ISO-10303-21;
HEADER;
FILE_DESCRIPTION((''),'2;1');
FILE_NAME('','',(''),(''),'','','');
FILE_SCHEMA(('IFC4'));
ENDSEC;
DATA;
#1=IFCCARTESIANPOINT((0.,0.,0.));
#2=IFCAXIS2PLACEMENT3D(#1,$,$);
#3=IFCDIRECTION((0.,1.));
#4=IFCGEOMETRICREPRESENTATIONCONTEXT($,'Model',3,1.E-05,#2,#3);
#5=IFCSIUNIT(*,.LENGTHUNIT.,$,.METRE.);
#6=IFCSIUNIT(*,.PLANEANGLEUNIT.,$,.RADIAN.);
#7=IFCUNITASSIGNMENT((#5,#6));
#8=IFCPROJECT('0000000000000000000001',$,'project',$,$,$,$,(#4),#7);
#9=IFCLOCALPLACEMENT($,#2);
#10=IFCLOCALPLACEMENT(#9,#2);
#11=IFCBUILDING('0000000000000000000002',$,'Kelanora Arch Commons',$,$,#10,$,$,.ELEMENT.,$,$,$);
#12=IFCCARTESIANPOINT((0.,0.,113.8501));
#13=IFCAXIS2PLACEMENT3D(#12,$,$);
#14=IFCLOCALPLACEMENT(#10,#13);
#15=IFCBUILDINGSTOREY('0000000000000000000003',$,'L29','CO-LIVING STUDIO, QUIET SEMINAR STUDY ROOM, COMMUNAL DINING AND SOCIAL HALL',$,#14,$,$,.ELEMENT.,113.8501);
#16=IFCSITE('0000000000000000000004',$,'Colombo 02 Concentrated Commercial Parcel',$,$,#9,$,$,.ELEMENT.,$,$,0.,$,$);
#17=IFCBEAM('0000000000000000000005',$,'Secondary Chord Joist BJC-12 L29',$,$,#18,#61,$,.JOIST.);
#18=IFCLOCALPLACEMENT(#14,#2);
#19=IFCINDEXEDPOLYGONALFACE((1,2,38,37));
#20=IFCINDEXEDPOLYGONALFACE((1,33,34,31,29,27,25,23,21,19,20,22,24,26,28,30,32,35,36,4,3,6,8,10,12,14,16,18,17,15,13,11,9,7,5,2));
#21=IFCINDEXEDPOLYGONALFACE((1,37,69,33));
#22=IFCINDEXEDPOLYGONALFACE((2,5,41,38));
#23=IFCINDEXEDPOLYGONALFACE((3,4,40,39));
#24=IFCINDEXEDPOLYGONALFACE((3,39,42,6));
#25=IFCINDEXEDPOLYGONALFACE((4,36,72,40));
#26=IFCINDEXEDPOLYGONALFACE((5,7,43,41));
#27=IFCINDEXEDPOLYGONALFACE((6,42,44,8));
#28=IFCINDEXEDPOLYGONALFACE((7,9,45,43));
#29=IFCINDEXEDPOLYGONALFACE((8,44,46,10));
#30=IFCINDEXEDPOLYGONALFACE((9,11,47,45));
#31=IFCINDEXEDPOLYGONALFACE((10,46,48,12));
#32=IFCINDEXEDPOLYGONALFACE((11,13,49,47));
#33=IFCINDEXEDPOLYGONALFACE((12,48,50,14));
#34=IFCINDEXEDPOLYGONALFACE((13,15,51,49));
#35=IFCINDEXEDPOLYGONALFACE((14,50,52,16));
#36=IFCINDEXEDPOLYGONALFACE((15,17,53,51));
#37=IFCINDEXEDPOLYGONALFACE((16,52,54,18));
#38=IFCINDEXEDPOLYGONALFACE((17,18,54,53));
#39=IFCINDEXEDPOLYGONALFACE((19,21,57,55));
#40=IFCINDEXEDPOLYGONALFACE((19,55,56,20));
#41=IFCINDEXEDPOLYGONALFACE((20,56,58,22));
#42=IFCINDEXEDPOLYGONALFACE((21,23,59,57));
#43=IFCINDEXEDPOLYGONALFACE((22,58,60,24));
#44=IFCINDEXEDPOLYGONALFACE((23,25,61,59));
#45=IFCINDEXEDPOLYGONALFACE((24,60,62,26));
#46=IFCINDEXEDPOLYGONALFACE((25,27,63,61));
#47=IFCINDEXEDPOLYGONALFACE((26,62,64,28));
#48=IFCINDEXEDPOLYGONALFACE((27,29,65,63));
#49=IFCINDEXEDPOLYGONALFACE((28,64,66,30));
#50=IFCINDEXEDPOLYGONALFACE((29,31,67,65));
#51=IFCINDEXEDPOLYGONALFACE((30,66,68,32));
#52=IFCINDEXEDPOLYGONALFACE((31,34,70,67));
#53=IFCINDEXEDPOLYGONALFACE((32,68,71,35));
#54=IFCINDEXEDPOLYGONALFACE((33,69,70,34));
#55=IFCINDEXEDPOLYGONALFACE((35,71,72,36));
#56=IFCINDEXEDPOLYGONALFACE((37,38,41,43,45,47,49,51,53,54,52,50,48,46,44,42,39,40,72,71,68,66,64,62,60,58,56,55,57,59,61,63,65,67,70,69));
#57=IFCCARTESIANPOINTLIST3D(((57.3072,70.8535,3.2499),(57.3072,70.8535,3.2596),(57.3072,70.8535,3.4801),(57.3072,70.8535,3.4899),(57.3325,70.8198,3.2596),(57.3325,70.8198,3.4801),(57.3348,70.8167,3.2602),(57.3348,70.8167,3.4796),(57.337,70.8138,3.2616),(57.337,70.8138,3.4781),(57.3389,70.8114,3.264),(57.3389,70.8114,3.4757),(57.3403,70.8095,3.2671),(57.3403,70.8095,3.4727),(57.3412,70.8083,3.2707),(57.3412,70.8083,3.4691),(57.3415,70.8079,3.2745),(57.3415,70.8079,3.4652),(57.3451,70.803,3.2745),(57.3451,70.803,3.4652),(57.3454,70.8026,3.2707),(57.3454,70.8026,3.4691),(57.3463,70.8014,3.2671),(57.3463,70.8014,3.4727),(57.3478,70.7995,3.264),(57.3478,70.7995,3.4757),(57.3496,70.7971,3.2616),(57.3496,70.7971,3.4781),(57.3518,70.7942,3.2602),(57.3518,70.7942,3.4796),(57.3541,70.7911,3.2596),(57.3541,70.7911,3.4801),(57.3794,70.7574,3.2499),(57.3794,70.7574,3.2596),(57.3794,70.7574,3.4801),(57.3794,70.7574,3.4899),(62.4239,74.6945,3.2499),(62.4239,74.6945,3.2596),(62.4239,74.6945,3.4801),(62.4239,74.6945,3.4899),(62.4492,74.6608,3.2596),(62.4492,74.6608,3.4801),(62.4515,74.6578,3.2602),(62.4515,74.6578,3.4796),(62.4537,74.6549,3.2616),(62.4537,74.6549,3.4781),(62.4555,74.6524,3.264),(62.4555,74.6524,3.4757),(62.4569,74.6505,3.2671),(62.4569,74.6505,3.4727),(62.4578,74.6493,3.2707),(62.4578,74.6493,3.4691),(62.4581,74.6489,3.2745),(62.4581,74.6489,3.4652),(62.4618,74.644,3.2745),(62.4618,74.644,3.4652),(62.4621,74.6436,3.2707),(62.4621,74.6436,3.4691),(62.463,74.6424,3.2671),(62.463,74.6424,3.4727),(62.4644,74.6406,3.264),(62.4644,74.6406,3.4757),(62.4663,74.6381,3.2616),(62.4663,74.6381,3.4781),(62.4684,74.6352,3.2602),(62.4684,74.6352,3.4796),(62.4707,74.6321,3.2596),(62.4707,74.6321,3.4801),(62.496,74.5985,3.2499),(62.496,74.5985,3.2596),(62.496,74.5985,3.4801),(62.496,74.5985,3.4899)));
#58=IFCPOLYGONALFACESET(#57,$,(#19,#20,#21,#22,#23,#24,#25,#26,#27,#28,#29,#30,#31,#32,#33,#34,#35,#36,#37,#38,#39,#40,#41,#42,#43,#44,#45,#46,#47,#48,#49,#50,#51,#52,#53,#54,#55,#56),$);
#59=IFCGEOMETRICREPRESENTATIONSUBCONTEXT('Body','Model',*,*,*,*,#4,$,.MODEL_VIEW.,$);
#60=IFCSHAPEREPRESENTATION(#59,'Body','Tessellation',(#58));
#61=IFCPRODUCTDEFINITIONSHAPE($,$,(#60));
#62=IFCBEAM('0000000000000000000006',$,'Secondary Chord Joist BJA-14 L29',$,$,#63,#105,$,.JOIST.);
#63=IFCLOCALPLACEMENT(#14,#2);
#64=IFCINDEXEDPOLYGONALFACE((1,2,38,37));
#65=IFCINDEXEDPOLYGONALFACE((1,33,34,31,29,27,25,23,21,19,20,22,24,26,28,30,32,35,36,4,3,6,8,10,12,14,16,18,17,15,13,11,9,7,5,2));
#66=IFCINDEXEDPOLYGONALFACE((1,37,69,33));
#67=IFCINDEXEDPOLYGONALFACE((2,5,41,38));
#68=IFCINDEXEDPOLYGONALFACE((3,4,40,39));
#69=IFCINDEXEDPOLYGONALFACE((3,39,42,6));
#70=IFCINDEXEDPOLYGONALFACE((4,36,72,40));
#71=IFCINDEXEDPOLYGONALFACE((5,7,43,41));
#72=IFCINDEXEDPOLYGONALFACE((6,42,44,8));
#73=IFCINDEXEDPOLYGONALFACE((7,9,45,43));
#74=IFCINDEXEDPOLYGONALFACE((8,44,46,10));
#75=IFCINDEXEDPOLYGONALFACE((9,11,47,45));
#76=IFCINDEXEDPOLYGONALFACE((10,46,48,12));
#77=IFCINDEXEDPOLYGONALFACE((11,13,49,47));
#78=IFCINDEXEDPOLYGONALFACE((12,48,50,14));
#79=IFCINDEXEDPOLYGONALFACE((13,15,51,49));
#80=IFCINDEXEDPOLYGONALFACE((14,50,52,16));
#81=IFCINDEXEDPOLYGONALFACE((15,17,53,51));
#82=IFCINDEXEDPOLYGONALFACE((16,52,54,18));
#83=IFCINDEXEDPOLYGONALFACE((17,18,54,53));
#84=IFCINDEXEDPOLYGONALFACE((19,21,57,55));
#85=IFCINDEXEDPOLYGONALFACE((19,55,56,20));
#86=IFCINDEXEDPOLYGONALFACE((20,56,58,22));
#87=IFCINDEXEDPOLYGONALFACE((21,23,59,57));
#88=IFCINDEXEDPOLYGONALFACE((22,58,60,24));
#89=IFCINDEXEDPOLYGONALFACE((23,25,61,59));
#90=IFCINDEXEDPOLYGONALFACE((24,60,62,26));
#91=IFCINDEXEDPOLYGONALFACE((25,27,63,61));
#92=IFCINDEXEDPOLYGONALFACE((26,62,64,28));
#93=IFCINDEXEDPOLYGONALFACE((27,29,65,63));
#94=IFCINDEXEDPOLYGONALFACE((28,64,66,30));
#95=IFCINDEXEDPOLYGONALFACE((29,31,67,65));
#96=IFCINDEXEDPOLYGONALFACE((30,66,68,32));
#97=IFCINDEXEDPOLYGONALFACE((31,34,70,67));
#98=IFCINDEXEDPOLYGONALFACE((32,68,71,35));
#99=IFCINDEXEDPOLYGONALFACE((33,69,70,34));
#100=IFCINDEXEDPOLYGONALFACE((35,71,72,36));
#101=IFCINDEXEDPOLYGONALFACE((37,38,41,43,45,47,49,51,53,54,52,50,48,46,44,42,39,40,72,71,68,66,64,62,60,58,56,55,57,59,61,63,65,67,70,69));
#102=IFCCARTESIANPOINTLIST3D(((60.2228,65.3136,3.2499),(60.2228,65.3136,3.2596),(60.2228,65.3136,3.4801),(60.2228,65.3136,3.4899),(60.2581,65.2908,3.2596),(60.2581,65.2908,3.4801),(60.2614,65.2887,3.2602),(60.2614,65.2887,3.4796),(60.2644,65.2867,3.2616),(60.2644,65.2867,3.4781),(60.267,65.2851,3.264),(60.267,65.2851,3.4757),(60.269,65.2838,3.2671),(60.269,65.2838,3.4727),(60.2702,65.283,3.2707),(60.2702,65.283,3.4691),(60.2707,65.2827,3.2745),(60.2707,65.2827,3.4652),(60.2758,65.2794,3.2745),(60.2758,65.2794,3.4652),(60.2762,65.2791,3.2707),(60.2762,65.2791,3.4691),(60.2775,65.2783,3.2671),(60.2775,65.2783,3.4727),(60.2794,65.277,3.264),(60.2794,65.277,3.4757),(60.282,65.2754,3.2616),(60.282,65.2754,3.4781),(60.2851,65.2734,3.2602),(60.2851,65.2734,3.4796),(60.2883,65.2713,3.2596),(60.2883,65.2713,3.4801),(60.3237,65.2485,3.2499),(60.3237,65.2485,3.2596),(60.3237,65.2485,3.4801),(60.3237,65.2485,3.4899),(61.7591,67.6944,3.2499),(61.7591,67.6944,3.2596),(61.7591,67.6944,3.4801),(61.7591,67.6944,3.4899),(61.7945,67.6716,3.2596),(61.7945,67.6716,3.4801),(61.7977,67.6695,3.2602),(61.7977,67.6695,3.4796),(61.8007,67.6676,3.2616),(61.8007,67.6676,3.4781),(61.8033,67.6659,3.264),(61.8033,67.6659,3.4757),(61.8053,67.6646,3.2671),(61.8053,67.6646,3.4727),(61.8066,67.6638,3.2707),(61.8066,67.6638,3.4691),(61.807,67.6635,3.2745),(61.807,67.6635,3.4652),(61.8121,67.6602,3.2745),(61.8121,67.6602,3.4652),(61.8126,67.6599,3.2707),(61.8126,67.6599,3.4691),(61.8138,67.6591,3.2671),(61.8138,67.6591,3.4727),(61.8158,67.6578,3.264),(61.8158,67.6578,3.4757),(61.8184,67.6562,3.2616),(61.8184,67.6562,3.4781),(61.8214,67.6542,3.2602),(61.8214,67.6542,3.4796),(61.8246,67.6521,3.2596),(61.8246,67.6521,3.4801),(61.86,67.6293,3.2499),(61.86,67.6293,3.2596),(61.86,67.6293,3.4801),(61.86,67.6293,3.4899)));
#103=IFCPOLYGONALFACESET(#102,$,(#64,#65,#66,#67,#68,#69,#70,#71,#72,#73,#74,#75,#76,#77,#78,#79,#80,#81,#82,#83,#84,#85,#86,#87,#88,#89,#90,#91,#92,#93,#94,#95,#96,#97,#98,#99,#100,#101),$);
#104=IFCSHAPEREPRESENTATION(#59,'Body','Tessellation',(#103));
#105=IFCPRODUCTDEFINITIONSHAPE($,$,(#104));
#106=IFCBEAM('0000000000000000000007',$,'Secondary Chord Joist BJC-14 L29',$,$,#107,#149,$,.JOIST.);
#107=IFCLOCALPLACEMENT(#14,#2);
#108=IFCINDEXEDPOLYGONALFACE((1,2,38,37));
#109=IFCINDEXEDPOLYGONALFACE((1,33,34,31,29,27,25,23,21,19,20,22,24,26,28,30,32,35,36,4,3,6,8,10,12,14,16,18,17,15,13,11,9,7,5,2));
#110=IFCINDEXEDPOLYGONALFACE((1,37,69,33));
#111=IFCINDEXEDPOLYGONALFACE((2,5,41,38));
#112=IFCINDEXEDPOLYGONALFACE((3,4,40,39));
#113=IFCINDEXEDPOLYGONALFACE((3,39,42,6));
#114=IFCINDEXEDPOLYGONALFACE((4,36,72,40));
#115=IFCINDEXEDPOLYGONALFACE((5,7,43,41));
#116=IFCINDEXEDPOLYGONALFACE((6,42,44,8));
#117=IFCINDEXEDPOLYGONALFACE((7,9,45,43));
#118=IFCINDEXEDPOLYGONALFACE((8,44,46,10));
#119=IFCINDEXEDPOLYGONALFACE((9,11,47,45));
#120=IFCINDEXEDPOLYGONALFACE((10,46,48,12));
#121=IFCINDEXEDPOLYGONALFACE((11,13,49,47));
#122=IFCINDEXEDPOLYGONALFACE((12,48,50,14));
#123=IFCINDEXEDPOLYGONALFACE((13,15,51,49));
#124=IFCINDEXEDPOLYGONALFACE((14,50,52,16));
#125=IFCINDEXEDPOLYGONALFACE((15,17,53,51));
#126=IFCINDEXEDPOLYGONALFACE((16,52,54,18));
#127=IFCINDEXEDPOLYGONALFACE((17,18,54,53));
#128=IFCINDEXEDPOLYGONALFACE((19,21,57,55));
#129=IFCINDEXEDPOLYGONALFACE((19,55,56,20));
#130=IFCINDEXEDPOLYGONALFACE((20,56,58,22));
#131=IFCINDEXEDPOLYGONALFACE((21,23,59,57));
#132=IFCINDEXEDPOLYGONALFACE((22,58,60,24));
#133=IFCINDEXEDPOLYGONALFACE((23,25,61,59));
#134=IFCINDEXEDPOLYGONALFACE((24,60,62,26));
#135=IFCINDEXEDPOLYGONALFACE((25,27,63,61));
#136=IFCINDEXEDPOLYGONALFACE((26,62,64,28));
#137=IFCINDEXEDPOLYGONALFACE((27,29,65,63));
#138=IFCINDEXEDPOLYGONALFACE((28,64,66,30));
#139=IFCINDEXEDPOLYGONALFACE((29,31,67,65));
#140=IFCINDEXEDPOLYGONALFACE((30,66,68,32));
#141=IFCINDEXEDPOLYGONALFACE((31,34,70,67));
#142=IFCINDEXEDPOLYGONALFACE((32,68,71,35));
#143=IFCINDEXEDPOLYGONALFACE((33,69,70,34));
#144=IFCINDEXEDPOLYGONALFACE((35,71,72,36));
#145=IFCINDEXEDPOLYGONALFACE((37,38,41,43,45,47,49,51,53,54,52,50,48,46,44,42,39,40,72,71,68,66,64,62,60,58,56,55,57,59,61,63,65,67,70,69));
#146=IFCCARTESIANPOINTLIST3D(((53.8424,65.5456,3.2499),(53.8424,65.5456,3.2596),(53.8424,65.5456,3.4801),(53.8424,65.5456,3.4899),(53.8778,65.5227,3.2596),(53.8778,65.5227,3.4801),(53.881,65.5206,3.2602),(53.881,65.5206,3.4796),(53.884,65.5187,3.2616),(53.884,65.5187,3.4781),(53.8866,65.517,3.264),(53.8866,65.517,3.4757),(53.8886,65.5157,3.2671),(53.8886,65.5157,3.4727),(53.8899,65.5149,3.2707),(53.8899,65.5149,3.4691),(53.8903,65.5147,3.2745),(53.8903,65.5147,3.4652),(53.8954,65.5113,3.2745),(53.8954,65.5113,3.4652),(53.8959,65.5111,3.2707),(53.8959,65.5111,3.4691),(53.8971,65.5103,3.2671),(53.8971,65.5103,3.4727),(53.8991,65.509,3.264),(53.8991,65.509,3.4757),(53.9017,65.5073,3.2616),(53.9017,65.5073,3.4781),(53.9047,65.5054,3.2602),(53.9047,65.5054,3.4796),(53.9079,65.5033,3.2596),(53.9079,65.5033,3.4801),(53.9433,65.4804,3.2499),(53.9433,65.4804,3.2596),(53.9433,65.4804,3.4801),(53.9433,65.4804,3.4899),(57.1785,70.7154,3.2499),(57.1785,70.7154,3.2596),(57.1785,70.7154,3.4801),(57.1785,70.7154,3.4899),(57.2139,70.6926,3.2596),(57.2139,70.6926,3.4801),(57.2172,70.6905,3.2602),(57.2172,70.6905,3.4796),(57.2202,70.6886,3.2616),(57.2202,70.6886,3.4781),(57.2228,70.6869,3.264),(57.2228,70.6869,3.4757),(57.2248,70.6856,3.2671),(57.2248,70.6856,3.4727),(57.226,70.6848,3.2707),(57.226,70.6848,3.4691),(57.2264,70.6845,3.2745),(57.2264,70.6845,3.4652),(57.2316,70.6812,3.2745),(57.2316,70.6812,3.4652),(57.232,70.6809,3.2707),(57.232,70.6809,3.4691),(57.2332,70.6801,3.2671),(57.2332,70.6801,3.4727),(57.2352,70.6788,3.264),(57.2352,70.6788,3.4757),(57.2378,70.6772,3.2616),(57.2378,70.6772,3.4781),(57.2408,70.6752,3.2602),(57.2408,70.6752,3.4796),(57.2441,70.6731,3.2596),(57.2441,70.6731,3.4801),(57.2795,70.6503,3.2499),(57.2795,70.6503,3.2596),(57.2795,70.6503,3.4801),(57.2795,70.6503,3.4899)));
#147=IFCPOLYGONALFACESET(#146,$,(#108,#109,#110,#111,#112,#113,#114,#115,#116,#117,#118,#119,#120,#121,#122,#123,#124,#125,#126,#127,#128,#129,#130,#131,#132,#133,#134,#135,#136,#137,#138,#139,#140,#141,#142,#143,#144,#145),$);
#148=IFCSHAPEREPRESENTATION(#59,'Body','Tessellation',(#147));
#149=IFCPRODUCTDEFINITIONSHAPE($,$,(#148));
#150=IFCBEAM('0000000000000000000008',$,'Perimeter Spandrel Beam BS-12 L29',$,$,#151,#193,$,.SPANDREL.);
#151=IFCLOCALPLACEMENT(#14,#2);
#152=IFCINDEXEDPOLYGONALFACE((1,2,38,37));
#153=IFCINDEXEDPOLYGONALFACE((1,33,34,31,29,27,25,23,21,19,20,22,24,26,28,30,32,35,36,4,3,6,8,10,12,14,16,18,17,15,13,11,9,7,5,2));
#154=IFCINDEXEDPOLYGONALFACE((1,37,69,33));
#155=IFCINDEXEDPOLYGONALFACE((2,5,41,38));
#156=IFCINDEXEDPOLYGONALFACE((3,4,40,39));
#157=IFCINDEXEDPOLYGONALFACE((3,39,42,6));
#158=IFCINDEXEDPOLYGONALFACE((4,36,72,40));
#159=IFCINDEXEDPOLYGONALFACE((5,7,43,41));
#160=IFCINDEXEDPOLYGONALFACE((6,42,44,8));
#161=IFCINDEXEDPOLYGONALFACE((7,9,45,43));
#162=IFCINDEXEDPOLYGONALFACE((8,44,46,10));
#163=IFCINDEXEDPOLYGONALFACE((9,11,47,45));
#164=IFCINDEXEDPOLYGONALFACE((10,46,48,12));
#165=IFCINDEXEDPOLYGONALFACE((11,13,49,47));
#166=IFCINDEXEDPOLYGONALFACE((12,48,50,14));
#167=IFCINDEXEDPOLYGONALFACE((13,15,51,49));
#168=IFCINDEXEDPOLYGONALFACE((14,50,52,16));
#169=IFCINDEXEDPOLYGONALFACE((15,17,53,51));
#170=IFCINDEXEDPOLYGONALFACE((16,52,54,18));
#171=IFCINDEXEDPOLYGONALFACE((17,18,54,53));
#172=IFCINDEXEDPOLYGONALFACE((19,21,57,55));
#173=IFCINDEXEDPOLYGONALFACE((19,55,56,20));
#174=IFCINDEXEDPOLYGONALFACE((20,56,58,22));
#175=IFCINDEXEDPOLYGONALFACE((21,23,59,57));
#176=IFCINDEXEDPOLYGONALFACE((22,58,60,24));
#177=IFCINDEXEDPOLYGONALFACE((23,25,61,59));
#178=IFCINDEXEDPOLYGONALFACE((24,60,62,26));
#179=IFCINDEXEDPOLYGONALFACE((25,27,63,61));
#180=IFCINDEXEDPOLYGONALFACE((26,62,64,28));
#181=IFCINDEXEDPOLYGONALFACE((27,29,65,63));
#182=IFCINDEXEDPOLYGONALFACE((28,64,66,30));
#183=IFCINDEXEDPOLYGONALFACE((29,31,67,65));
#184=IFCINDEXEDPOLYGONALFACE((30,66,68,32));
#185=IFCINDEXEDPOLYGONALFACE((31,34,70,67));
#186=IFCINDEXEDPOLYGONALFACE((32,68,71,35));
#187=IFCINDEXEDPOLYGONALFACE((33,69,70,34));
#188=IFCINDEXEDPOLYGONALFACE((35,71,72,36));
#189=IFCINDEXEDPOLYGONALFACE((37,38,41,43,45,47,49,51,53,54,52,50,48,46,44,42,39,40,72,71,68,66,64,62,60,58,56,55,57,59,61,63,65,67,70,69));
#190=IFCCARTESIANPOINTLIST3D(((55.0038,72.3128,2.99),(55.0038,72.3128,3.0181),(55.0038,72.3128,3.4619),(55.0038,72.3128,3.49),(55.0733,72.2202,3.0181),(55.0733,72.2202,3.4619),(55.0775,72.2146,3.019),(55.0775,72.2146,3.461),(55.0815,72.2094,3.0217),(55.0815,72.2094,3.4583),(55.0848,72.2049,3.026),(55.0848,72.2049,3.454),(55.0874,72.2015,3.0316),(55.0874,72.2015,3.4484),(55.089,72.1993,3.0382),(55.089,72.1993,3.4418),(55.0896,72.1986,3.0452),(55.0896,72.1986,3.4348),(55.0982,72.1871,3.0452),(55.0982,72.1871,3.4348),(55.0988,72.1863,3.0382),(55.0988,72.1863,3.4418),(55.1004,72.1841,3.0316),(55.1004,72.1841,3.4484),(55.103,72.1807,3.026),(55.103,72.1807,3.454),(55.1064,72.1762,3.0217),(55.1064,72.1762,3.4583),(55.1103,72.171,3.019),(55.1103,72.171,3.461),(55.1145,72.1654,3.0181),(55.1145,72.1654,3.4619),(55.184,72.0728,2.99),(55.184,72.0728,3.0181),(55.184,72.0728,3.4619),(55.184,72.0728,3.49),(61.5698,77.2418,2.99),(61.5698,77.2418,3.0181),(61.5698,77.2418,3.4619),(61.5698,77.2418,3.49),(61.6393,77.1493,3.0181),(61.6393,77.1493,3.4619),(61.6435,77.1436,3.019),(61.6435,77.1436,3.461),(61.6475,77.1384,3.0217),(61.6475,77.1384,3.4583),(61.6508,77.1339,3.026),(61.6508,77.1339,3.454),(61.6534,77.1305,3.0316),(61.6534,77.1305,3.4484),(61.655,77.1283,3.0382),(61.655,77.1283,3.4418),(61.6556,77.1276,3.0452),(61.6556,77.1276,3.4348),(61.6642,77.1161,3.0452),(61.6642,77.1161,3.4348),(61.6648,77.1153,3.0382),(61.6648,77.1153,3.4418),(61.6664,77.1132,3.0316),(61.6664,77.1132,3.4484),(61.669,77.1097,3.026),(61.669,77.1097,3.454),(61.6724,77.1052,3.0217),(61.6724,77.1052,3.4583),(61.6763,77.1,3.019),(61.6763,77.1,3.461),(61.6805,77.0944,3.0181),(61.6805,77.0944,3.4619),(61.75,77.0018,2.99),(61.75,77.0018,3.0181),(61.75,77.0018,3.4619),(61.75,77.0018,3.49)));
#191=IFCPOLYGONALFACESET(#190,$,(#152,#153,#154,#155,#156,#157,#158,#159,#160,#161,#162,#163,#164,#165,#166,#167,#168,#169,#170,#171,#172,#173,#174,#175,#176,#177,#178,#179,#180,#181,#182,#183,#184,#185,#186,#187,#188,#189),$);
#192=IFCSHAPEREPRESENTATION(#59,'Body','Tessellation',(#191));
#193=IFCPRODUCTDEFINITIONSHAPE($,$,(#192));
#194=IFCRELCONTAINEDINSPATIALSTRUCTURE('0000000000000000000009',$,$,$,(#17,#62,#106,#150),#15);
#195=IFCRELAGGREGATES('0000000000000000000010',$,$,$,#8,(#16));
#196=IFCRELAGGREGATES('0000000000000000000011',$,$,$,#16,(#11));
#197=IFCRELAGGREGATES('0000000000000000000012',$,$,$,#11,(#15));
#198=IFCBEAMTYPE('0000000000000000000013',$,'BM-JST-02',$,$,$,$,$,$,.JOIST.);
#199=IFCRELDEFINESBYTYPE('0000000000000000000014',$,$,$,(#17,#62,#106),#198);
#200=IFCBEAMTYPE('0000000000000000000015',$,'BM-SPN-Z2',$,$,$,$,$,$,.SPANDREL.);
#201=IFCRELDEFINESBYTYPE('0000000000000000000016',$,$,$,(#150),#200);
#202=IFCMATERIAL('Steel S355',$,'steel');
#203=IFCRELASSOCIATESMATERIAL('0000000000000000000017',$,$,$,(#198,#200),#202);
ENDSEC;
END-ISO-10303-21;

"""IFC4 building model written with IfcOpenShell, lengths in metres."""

from ifc_helpers import new_model, si_unit, direction, frame, origin, origin_2d, place, context, subcontext, project, spatial, i_section, extrude, material, material_profile, profile_set, type_object, element, save


model = new_model("IFC4")

# Units and contexts
model_context = context("Model", 3, precision=1e-05, world=origin(), true_north=direction((0.0, 1.0)))
body_context = subcontext(model_context, "Body", "Model", "MODEL_VIEW")
ifc_project = project(units=[si_unit("LENGTHUNIT", "METRE"), si_unit("PLANEANGLEUNIT", "RADIAN")], contexts=[model_context])

# Site, building, storey
site_placement = place(None, origin())
site = spatial("IfcSite", under=ifc_project, at=site_placement, Name="Colombo 02 Concentrated Commercial Parcel", CompositionType="ELEMENT", RefElevation=0.0)
building_placement = place(site_placement, origin())
building = spatial("IfcBuilding", under=site, at=building_placement, Name="Kelanora Arch Commons", CompositionType="ELEMENT")
storey_placement = place(building_placement, frame((0.0, 0.0, 113.8501)))
storey = spatial("IfcBuildingStorey", under=building, at=storey_placement, Name="L29", Description="CO-LIVING STUDIO, QUIET SEMINAR STUDY ROOM, COMMUNAL DINING AND SOCIAL HALL", CompositionType="ELEMENT", Elevation=113.8501)

# Beams
ifc_material_1 = material(Name="Steel S355", Category="steel")
ifc_material_profile_1 = material_profile(ifc_material_1, i_section(OverallWidth=0.1201, OverallDepth=0.24, WebThickness=0.0061, FlangeThickness=0.0098, FilletRadius=0.0149, at=origin_2d()), Name="IPE240")
ifc_profile_set_1 = profile_set([ifc_material_profile_1], Name="Steel S355")
beam_type_1 = type_object("IfcBeamType", Name="BM-JST-02", PredefinedType="JOIST", material=ifc_profile_set_1)
beam_1_placement = place(storey_placement, frame((62.46, 74.6465, 3.3699), z_axis=(-0.799734, -0.600354, 0.0), x_axis=(0.600354, -0.799734, 0.0)))
element("IfcBeam", 1, at=beam_1_placement, inside=storey, type_object=beam_type_1, Name="Secondary Chord Joist BJC-12 L29", PredefinedType="JOIST", context=body_context, shape_type="SweptSolid", body=[
    extrude(i_section(OverallWidth=0.1201, OverallDepth=0.24, WebThickness=0.0061, FlangeThickness=0.0098, FilletRadius=0.0149, at=origin_2d()), origin(), (0.0, 0.0, 1.0), 6.3979),
])
beam_2_placement = place(storey_placement, frame((61.8096, 67.6619, 3.3699), z_axis=(-0.542211, -0.840242, 0.0), x_axis=(0.840242, -0.542211, 0.0)))
element("IfcBeam", 2, at=beam_2_placement, inside=storey, type_object=beam_type_1, Name="Secondary Chord Joist BJA-14 L29", PredefinedType="JOIST", context=body_context, shape_type="SweptSolid", body=[
    extrude(i_section(OverallWidth=0.1201, OverallDepth=0.24, WebThickness=0.0061, FlangeThickness=0.0098, FilletRadius=0.0149, at=origin_2d()), origin(), (0.0, 0.0, 1.0), 2.8335),
])
beam_3_placement = place(storey_placement, frame((57.229, 70.6829, 3.3699), z_axis=(-0.542213, -0.840241, 0.0), x_axis=(0.840241, -0.542213, 0.0)))
element("IfcBeam", 3, at=beam_3_placement, inside=storey, type_object=beam_type_1, Name="Secondary Chord Joist BJC-14 L29", PredefinedType="JOIST", context=body_context, shape_type="SweptSolid", body=[
    extrude(i_section(OverallWidth=0.1201, OverallDepth=0.24, WebThickness=0.0061, FlangeThickness=0.0098, FilletRadius=0.0149, at=origin_2d()), origin(), (0.0, 0.0, 1.0), 6.1528),
])
ifc_material_profile_2 = material_profile(ifc_material_1, i_section(OverallWidth=0.3, OverallDepth=0.5, WebThickness=0.0144, FlangeThickness=0.0281, FilletRadius=0.0271, at=origin_2d()), Name="HEB500")
ifc_profile_set_2 = profile_set([ifc_material_profile_2], Name="Steel S355")
beam_type_2 = type_object("IfcBeamType", Name="BM-SPN-Z2", PredefinedType="SPANDREL", material=ifc_profile_set_2)
beam_4_placement = place(storey_placement, frame((61.6599, 77.1218, 3.24), z_axis=(-0.799736, -0.600352, 0.0), x_axis=(0.600352, -0.799736, 0.0)))
element("IfcBeam", 4, at=beam_4_placement, inside=storey, type_object=beam_type_2, Name="Perimeter Spandrel Beam BS-12 L29", PredefinedType="SPANDREL", context=body_context, shape_type="SweptSolid", body=[
    extrude(i_section(OverallWidth=0.3, OverallDepth=0.5, WebThickness=0.0144, FlangeThickness=0.0281, FilletRadius=0.0271, at=origin_2d()), origin(), (0.0, 0.0, 1.0), 8.2102),
])

save(model, "model.ifc")
